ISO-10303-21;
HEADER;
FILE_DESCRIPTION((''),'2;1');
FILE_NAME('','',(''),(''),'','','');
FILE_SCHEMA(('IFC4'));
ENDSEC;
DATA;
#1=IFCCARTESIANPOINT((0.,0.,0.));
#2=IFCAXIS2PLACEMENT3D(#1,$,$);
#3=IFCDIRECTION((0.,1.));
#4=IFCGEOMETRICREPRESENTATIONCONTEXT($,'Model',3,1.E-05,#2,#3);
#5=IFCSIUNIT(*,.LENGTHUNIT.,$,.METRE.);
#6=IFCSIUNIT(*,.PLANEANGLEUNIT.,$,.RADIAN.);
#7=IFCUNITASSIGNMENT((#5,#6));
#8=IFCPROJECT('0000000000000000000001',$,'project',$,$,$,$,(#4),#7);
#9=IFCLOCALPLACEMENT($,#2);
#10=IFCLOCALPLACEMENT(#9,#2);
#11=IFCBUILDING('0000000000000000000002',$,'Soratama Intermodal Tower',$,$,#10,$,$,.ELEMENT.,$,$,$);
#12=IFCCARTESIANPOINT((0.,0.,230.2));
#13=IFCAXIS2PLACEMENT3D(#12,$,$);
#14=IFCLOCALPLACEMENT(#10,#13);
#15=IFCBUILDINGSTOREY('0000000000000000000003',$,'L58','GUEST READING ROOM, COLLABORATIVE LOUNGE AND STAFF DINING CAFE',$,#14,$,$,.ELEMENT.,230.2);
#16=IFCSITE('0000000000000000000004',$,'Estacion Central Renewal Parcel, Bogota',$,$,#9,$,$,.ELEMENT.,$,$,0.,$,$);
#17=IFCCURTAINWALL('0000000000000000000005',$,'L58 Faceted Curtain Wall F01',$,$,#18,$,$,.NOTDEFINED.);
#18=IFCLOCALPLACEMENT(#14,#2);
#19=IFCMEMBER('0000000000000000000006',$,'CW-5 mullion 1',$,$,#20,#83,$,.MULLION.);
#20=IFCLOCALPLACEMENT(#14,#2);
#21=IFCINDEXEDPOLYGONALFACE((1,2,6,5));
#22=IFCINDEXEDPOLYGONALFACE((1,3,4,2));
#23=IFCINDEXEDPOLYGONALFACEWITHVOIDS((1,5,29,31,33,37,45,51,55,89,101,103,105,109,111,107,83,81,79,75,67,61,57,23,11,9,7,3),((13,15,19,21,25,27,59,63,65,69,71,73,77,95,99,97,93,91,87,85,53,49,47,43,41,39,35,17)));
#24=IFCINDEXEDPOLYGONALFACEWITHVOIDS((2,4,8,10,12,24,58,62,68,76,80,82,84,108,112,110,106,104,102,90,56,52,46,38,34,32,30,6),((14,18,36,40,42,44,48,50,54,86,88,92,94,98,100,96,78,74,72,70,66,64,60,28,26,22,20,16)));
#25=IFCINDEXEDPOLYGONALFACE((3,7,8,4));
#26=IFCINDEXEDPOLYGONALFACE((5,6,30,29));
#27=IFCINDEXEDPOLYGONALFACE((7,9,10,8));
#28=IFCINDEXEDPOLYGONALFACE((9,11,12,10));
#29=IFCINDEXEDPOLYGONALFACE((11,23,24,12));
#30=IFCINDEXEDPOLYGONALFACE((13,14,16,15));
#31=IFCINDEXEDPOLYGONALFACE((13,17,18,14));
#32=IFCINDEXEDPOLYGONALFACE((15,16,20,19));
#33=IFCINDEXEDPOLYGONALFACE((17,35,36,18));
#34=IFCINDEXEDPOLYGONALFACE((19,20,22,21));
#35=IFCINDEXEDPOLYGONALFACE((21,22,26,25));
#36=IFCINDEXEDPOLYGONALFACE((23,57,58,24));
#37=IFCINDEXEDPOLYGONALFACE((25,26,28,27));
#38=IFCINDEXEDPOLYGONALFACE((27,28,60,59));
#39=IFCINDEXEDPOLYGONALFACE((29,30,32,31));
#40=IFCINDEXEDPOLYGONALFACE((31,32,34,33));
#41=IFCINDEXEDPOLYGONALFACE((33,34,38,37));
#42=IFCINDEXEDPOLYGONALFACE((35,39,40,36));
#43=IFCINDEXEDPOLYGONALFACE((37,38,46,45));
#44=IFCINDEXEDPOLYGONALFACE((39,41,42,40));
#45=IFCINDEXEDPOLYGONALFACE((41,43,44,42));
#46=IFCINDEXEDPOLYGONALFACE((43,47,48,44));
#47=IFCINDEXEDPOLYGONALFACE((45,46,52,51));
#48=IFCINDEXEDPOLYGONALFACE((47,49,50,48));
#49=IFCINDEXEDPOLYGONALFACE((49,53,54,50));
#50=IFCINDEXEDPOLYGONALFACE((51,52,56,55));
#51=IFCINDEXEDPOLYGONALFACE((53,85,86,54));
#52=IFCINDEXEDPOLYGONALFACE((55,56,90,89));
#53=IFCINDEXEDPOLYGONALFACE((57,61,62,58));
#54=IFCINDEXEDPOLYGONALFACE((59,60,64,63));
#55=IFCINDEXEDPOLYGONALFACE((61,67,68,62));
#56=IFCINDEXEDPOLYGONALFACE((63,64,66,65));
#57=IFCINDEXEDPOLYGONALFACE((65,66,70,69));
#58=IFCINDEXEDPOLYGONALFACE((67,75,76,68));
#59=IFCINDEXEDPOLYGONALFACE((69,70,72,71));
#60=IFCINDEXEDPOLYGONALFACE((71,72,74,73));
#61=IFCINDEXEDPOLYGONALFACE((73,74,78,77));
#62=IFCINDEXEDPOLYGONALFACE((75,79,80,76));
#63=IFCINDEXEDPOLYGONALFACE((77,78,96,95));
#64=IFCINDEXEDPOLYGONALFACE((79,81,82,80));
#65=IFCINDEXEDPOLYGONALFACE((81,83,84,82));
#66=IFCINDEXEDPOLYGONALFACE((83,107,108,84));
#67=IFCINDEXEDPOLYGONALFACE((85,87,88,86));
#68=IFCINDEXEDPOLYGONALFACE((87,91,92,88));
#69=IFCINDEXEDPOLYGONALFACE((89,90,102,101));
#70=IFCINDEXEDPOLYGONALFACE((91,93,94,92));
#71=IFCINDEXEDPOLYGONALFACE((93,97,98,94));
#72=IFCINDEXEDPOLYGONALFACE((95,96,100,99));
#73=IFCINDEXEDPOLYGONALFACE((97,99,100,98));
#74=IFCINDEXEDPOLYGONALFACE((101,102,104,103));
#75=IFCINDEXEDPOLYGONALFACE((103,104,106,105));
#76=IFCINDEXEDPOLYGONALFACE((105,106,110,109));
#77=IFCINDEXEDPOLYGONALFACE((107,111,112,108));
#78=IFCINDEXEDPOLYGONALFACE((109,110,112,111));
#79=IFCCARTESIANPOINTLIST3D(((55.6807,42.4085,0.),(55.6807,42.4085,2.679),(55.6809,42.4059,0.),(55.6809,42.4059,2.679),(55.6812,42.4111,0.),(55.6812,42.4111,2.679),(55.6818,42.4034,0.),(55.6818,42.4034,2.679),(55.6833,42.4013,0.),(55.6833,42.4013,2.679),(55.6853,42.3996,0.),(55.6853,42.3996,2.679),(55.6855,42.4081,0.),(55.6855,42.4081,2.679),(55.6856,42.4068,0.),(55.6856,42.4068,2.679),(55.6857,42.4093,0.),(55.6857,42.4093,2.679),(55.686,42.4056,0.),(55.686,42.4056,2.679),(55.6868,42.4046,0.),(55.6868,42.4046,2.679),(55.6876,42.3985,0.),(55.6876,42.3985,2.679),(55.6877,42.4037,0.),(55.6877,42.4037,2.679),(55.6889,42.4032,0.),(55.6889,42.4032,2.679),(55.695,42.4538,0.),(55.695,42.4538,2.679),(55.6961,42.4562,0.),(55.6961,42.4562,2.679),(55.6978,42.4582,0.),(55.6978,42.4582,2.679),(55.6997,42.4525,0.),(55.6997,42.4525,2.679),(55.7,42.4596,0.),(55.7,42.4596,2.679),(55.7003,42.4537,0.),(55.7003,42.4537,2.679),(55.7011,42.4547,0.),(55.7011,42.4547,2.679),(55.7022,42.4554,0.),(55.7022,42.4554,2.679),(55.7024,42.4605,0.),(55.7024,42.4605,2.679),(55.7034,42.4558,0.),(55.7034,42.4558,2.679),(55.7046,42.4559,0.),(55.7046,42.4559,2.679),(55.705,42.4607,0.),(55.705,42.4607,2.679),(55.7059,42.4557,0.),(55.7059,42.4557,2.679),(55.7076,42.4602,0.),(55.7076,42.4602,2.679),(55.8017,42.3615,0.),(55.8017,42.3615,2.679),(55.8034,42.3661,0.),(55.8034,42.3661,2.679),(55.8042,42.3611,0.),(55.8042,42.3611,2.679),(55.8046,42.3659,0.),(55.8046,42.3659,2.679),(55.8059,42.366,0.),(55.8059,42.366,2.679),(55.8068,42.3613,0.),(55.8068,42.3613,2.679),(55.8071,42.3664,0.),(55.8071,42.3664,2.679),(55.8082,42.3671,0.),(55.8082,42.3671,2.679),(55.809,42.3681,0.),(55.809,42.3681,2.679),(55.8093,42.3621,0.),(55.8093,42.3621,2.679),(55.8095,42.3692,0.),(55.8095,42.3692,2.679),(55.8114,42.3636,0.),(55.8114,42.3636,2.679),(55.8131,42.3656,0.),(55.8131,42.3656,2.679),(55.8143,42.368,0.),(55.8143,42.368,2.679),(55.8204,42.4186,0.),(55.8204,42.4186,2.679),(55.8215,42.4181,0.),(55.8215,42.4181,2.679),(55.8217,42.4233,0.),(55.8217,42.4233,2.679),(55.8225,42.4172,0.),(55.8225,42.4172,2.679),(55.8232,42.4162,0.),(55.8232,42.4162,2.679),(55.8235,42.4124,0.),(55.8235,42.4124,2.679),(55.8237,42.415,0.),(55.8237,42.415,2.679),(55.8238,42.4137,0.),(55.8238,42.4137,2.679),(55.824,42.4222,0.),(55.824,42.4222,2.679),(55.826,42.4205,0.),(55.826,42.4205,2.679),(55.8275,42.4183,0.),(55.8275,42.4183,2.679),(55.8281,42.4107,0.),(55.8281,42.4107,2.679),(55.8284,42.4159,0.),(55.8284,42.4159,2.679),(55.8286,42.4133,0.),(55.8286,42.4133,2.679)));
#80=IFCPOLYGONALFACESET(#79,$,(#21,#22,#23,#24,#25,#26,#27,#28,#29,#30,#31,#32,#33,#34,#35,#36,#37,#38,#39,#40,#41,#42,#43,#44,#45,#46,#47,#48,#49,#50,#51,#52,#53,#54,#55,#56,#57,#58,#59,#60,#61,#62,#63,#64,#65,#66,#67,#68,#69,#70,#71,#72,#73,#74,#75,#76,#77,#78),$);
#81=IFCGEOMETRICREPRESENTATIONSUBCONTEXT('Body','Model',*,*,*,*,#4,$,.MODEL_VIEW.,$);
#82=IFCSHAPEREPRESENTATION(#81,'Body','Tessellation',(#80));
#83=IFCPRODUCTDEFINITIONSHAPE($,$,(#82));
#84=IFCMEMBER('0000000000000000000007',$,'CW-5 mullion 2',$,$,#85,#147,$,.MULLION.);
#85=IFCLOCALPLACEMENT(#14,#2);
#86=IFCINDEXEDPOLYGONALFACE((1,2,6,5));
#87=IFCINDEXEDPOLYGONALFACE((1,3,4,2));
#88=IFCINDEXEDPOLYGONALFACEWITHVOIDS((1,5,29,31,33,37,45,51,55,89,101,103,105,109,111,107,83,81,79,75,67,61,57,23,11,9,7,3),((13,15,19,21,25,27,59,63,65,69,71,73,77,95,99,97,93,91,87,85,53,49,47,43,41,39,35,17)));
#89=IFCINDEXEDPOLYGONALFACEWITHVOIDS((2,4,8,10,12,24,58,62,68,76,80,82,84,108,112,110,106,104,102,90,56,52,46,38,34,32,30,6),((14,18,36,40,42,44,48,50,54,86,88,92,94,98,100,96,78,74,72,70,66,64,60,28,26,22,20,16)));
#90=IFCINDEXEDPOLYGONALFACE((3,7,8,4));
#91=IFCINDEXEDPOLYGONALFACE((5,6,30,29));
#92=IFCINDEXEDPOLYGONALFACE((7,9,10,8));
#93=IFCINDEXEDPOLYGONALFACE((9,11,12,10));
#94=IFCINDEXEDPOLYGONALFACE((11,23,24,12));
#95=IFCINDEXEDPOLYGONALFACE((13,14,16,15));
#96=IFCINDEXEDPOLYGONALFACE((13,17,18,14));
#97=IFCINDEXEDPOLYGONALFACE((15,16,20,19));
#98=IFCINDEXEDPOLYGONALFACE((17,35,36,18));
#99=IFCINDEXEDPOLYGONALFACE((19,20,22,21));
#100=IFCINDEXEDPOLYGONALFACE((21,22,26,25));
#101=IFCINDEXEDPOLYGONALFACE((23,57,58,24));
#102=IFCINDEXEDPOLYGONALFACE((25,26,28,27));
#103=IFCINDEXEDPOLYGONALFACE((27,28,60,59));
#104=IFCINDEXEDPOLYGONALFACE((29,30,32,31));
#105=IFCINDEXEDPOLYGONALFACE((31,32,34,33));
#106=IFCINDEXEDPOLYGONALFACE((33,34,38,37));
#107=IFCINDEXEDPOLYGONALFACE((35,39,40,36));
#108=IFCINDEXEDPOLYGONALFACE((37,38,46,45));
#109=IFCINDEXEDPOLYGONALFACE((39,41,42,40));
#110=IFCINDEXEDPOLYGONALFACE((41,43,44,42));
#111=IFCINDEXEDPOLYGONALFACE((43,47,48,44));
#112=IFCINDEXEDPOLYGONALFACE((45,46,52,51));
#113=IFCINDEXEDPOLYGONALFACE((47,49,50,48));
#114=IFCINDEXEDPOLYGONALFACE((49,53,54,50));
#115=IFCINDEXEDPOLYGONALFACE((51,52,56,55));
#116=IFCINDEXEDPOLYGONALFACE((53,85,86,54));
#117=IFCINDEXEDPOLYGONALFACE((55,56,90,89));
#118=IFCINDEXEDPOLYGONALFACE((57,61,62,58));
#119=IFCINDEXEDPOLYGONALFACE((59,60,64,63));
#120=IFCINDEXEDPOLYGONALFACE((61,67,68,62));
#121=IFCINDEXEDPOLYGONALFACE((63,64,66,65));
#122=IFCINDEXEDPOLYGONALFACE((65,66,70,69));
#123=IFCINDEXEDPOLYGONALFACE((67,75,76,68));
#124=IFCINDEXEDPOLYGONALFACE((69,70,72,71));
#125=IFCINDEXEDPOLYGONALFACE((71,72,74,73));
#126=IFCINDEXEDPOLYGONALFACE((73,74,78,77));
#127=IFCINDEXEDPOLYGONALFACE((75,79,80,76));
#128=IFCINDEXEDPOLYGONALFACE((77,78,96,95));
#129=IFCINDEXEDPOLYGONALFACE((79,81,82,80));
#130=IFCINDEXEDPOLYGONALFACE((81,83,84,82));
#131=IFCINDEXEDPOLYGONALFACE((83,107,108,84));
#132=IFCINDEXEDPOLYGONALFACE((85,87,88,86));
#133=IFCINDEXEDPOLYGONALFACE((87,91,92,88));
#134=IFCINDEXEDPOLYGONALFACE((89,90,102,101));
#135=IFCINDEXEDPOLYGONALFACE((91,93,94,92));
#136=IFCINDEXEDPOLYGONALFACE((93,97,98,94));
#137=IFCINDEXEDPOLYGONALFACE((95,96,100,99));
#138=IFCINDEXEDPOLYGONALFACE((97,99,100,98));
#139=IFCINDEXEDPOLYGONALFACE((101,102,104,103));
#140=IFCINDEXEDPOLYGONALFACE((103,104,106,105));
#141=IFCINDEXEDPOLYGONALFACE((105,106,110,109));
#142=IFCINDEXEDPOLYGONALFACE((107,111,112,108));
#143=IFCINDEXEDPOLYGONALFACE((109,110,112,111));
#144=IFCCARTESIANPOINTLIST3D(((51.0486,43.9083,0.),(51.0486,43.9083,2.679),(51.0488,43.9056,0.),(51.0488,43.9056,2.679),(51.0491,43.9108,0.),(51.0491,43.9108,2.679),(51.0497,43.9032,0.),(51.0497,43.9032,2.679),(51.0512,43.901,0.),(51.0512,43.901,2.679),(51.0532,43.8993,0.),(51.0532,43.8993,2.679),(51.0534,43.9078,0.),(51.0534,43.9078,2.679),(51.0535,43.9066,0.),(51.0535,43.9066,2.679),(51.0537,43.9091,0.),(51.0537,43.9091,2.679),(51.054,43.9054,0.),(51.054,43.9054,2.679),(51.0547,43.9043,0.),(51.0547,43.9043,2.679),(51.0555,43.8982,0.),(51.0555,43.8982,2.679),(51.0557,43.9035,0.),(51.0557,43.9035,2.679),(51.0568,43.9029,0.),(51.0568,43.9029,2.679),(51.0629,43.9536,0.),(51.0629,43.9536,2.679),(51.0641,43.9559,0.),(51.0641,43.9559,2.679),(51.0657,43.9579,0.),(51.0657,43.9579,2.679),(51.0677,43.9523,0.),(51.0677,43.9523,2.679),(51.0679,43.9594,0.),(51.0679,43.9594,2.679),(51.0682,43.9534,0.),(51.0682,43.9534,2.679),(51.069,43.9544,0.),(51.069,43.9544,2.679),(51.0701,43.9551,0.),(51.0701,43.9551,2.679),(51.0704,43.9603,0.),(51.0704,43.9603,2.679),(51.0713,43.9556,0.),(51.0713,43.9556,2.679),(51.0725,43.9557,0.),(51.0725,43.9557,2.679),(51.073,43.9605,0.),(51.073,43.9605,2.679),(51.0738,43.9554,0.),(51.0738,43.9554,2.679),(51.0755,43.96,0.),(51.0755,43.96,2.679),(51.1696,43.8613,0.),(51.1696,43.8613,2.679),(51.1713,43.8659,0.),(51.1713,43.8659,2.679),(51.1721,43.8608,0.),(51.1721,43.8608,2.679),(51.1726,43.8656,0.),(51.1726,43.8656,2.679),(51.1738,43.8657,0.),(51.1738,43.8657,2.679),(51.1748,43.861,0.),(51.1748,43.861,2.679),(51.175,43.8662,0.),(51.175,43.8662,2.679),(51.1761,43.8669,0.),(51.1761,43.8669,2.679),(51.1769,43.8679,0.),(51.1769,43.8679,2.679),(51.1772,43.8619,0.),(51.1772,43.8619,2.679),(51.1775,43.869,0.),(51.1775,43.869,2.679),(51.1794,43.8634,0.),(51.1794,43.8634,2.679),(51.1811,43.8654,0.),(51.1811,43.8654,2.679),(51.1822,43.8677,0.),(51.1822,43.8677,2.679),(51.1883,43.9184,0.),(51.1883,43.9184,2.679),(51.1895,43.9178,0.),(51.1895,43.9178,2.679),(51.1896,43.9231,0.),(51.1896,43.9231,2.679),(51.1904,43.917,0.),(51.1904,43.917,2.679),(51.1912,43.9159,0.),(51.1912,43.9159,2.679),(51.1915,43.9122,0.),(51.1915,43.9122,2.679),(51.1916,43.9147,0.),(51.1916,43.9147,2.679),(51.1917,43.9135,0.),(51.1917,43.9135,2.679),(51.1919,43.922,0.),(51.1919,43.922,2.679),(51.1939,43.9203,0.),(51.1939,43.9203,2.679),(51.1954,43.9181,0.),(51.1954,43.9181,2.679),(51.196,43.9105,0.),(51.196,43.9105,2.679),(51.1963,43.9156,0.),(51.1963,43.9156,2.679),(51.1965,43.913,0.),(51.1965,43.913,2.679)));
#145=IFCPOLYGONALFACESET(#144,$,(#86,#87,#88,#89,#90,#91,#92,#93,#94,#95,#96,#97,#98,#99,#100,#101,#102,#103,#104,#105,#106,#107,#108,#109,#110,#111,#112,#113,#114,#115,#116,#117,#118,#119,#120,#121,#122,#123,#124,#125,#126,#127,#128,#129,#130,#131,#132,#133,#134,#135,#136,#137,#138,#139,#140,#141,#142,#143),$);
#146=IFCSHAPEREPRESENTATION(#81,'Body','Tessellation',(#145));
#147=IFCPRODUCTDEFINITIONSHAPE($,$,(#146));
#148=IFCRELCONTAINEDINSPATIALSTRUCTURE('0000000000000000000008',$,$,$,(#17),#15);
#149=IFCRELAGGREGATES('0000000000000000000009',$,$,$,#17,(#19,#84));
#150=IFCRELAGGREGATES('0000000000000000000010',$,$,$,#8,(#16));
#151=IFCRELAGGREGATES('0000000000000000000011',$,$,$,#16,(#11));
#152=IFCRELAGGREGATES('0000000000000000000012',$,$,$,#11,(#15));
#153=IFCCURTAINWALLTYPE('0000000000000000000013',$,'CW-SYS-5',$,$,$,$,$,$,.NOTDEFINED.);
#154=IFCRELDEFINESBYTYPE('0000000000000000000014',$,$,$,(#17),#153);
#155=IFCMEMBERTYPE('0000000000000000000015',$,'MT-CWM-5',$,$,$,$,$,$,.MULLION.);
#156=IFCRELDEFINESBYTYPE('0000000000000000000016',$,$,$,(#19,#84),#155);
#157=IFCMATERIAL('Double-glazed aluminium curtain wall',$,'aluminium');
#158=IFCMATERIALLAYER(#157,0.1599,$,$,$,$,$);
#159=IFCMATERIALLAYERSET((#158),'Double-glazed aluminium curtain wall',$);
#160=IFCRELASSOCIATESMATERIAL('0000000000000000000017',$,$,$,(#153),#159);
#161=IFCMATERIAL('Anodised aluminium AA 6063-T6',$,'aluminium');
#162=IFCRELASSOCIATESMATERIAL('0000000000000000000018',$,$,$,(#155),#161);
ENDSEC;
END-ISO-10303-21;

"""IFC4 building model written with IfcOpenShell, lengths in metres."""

from ifc_helpers import new_model, si_unit, direction, frame, origin, origin_2d, place, context, subcontext, project, spatial, hollow_rectangle, extrude, material, layer, layer_set, material_profile, profile_set, type_object, element, aggregate, save


model = new_model("IFC4")

# Units and contexts
model_context = context("Model", 3, precision=1e-05, world=origin(), true_north=direction((0.0, 1.0)))
body_context = subcontext(model_context, "Body", "Model", "MODEL_VIEW")
ifc_project = project(units=[si_unit("LENGTHUNIT", "METRE"), si_unit("PLANEANGLEUNIT", "RADIAN")], contexts=[model_context])

# Site, building, storey
site_placement = place(None, origin())
site = spatial("IfcSite", under=ifc_project, at=site_placement, Name="Estacion Central Renewal Parcel, Bogota", CompositionType="ELEMENT", RefElevation=0.0)
building_placement = place(site_placement, origin())
building = spatial("IfcBuilding", under=site, at=building_placement, Name="Soratama Intermodal Tower", CompositionType="ELEMENT")
storey_placement = place(building_placement, frame((0.0, 0.0, 230.2)))
storey = spatial("IfcBuildingStorey", under=building, at=storey_placement, Name="L58", Description="GUEST READING ROOM, COLLABORATIVE LOUNGE AND STAFF DINING CAFE", CompositionType="ELEMENT", Elevation=230.2)

# Curtain wall, members
ifc_material_1 = material(Name="Double-glazed aluminium curtain wall", Category="aluminium")
ifc_layer_1 = layer(ifc_material_1, 0.1599)
ifc_layer_set_1 = layer_set([ifc_layer_1], Name="Double-glazed aluminium curtain wall")
curtain_wall_type = type_object("IfcCurtainWallType", Name="CW-SYS-5", PredefinedType="NOTDEFINED", material=ifc_layer_set_1)
curtain_wall_1_placement = place(storey_placement, origin())
curtain_wall_1 = element("IfcCurtainWall", 1, at=curtain_wall_1_placement, inside=storey, type_object=curtain_wall_type, Name="L58 Faceted Curtain Wall F01", PredefinedType="NOTDEFINED")
ifc_material_2 = material(Name="Anodised aluminium AA 6063-T6", Category="aluminium")
ifc_material_profile_1 = material_profile(ifc_material_2, hollow_rectangle(XDim=0.0649, YDim=0.1399, WallThickness=0.0049, InnerFilletRadius=0.0049, OuterFilletRadius=0.01, at=origin_2d()), Name="CWM140X65X5")
ifc_profile_set_1 = profile_set([ifc_material_profile_1], Name="Anodised aluminium AA 6063-T6")
member_type_1 = type_object("IfcMemberType", Name="MT-CWM-5", PredefinedType="MULLION", material=ifc_profile_set_1)
member_1_placement = place(storey_placement, frame((55.7546, 42.4109, 0.0), z_axis=(0.0, 0.0, 1.0), x_axis=(-0.308022, -0.951379, 0.0)))
member_1 = element("IfcMember", 2, at=member_1_placement, type_object=member_type_1, Name="CW-5 mullion 1", PredefinedType="MULLION", context=body_context, shape_type="SweptSolid", body=[
    extrude(hollow_rectangle(XDim=0.0649, YDim=0.1399, WallThickness=0.0049, InnerFilletRadius=0.0049, OuterFilletRadius=0.01, at=origin_2d()), origin(), (0.0, 0.0, 1.0), 2.679),
])
member_2_placement = place(storey_placement, frame((51.1226, 43.9106, 0.0), z_axis=(0.0, 0.0, 1.0), x_axis=(-0.308022, -0.951379, 0.0)))
member_2 = element("IfcMember", 3, at=member_2_placement, type_object=member_type_1, Name="CW-5 mullion 2", PredefinedType="MULLION", context=body_context, shape_type="SweptSolid", body=[
    extrude(hollow_rectangle(XDim=0.0649, YDim=0.1399, WallThickness=0.0049, InnerFilletRadius=0.0049, OuterFilletRadius=0.01, at=origin_2d()), origin(), (0.0, 0.0, 1.0), 2.679),
])

aggregate(curtain_wall_1, [member_1, member_2])

save(model, "model.ifc")
